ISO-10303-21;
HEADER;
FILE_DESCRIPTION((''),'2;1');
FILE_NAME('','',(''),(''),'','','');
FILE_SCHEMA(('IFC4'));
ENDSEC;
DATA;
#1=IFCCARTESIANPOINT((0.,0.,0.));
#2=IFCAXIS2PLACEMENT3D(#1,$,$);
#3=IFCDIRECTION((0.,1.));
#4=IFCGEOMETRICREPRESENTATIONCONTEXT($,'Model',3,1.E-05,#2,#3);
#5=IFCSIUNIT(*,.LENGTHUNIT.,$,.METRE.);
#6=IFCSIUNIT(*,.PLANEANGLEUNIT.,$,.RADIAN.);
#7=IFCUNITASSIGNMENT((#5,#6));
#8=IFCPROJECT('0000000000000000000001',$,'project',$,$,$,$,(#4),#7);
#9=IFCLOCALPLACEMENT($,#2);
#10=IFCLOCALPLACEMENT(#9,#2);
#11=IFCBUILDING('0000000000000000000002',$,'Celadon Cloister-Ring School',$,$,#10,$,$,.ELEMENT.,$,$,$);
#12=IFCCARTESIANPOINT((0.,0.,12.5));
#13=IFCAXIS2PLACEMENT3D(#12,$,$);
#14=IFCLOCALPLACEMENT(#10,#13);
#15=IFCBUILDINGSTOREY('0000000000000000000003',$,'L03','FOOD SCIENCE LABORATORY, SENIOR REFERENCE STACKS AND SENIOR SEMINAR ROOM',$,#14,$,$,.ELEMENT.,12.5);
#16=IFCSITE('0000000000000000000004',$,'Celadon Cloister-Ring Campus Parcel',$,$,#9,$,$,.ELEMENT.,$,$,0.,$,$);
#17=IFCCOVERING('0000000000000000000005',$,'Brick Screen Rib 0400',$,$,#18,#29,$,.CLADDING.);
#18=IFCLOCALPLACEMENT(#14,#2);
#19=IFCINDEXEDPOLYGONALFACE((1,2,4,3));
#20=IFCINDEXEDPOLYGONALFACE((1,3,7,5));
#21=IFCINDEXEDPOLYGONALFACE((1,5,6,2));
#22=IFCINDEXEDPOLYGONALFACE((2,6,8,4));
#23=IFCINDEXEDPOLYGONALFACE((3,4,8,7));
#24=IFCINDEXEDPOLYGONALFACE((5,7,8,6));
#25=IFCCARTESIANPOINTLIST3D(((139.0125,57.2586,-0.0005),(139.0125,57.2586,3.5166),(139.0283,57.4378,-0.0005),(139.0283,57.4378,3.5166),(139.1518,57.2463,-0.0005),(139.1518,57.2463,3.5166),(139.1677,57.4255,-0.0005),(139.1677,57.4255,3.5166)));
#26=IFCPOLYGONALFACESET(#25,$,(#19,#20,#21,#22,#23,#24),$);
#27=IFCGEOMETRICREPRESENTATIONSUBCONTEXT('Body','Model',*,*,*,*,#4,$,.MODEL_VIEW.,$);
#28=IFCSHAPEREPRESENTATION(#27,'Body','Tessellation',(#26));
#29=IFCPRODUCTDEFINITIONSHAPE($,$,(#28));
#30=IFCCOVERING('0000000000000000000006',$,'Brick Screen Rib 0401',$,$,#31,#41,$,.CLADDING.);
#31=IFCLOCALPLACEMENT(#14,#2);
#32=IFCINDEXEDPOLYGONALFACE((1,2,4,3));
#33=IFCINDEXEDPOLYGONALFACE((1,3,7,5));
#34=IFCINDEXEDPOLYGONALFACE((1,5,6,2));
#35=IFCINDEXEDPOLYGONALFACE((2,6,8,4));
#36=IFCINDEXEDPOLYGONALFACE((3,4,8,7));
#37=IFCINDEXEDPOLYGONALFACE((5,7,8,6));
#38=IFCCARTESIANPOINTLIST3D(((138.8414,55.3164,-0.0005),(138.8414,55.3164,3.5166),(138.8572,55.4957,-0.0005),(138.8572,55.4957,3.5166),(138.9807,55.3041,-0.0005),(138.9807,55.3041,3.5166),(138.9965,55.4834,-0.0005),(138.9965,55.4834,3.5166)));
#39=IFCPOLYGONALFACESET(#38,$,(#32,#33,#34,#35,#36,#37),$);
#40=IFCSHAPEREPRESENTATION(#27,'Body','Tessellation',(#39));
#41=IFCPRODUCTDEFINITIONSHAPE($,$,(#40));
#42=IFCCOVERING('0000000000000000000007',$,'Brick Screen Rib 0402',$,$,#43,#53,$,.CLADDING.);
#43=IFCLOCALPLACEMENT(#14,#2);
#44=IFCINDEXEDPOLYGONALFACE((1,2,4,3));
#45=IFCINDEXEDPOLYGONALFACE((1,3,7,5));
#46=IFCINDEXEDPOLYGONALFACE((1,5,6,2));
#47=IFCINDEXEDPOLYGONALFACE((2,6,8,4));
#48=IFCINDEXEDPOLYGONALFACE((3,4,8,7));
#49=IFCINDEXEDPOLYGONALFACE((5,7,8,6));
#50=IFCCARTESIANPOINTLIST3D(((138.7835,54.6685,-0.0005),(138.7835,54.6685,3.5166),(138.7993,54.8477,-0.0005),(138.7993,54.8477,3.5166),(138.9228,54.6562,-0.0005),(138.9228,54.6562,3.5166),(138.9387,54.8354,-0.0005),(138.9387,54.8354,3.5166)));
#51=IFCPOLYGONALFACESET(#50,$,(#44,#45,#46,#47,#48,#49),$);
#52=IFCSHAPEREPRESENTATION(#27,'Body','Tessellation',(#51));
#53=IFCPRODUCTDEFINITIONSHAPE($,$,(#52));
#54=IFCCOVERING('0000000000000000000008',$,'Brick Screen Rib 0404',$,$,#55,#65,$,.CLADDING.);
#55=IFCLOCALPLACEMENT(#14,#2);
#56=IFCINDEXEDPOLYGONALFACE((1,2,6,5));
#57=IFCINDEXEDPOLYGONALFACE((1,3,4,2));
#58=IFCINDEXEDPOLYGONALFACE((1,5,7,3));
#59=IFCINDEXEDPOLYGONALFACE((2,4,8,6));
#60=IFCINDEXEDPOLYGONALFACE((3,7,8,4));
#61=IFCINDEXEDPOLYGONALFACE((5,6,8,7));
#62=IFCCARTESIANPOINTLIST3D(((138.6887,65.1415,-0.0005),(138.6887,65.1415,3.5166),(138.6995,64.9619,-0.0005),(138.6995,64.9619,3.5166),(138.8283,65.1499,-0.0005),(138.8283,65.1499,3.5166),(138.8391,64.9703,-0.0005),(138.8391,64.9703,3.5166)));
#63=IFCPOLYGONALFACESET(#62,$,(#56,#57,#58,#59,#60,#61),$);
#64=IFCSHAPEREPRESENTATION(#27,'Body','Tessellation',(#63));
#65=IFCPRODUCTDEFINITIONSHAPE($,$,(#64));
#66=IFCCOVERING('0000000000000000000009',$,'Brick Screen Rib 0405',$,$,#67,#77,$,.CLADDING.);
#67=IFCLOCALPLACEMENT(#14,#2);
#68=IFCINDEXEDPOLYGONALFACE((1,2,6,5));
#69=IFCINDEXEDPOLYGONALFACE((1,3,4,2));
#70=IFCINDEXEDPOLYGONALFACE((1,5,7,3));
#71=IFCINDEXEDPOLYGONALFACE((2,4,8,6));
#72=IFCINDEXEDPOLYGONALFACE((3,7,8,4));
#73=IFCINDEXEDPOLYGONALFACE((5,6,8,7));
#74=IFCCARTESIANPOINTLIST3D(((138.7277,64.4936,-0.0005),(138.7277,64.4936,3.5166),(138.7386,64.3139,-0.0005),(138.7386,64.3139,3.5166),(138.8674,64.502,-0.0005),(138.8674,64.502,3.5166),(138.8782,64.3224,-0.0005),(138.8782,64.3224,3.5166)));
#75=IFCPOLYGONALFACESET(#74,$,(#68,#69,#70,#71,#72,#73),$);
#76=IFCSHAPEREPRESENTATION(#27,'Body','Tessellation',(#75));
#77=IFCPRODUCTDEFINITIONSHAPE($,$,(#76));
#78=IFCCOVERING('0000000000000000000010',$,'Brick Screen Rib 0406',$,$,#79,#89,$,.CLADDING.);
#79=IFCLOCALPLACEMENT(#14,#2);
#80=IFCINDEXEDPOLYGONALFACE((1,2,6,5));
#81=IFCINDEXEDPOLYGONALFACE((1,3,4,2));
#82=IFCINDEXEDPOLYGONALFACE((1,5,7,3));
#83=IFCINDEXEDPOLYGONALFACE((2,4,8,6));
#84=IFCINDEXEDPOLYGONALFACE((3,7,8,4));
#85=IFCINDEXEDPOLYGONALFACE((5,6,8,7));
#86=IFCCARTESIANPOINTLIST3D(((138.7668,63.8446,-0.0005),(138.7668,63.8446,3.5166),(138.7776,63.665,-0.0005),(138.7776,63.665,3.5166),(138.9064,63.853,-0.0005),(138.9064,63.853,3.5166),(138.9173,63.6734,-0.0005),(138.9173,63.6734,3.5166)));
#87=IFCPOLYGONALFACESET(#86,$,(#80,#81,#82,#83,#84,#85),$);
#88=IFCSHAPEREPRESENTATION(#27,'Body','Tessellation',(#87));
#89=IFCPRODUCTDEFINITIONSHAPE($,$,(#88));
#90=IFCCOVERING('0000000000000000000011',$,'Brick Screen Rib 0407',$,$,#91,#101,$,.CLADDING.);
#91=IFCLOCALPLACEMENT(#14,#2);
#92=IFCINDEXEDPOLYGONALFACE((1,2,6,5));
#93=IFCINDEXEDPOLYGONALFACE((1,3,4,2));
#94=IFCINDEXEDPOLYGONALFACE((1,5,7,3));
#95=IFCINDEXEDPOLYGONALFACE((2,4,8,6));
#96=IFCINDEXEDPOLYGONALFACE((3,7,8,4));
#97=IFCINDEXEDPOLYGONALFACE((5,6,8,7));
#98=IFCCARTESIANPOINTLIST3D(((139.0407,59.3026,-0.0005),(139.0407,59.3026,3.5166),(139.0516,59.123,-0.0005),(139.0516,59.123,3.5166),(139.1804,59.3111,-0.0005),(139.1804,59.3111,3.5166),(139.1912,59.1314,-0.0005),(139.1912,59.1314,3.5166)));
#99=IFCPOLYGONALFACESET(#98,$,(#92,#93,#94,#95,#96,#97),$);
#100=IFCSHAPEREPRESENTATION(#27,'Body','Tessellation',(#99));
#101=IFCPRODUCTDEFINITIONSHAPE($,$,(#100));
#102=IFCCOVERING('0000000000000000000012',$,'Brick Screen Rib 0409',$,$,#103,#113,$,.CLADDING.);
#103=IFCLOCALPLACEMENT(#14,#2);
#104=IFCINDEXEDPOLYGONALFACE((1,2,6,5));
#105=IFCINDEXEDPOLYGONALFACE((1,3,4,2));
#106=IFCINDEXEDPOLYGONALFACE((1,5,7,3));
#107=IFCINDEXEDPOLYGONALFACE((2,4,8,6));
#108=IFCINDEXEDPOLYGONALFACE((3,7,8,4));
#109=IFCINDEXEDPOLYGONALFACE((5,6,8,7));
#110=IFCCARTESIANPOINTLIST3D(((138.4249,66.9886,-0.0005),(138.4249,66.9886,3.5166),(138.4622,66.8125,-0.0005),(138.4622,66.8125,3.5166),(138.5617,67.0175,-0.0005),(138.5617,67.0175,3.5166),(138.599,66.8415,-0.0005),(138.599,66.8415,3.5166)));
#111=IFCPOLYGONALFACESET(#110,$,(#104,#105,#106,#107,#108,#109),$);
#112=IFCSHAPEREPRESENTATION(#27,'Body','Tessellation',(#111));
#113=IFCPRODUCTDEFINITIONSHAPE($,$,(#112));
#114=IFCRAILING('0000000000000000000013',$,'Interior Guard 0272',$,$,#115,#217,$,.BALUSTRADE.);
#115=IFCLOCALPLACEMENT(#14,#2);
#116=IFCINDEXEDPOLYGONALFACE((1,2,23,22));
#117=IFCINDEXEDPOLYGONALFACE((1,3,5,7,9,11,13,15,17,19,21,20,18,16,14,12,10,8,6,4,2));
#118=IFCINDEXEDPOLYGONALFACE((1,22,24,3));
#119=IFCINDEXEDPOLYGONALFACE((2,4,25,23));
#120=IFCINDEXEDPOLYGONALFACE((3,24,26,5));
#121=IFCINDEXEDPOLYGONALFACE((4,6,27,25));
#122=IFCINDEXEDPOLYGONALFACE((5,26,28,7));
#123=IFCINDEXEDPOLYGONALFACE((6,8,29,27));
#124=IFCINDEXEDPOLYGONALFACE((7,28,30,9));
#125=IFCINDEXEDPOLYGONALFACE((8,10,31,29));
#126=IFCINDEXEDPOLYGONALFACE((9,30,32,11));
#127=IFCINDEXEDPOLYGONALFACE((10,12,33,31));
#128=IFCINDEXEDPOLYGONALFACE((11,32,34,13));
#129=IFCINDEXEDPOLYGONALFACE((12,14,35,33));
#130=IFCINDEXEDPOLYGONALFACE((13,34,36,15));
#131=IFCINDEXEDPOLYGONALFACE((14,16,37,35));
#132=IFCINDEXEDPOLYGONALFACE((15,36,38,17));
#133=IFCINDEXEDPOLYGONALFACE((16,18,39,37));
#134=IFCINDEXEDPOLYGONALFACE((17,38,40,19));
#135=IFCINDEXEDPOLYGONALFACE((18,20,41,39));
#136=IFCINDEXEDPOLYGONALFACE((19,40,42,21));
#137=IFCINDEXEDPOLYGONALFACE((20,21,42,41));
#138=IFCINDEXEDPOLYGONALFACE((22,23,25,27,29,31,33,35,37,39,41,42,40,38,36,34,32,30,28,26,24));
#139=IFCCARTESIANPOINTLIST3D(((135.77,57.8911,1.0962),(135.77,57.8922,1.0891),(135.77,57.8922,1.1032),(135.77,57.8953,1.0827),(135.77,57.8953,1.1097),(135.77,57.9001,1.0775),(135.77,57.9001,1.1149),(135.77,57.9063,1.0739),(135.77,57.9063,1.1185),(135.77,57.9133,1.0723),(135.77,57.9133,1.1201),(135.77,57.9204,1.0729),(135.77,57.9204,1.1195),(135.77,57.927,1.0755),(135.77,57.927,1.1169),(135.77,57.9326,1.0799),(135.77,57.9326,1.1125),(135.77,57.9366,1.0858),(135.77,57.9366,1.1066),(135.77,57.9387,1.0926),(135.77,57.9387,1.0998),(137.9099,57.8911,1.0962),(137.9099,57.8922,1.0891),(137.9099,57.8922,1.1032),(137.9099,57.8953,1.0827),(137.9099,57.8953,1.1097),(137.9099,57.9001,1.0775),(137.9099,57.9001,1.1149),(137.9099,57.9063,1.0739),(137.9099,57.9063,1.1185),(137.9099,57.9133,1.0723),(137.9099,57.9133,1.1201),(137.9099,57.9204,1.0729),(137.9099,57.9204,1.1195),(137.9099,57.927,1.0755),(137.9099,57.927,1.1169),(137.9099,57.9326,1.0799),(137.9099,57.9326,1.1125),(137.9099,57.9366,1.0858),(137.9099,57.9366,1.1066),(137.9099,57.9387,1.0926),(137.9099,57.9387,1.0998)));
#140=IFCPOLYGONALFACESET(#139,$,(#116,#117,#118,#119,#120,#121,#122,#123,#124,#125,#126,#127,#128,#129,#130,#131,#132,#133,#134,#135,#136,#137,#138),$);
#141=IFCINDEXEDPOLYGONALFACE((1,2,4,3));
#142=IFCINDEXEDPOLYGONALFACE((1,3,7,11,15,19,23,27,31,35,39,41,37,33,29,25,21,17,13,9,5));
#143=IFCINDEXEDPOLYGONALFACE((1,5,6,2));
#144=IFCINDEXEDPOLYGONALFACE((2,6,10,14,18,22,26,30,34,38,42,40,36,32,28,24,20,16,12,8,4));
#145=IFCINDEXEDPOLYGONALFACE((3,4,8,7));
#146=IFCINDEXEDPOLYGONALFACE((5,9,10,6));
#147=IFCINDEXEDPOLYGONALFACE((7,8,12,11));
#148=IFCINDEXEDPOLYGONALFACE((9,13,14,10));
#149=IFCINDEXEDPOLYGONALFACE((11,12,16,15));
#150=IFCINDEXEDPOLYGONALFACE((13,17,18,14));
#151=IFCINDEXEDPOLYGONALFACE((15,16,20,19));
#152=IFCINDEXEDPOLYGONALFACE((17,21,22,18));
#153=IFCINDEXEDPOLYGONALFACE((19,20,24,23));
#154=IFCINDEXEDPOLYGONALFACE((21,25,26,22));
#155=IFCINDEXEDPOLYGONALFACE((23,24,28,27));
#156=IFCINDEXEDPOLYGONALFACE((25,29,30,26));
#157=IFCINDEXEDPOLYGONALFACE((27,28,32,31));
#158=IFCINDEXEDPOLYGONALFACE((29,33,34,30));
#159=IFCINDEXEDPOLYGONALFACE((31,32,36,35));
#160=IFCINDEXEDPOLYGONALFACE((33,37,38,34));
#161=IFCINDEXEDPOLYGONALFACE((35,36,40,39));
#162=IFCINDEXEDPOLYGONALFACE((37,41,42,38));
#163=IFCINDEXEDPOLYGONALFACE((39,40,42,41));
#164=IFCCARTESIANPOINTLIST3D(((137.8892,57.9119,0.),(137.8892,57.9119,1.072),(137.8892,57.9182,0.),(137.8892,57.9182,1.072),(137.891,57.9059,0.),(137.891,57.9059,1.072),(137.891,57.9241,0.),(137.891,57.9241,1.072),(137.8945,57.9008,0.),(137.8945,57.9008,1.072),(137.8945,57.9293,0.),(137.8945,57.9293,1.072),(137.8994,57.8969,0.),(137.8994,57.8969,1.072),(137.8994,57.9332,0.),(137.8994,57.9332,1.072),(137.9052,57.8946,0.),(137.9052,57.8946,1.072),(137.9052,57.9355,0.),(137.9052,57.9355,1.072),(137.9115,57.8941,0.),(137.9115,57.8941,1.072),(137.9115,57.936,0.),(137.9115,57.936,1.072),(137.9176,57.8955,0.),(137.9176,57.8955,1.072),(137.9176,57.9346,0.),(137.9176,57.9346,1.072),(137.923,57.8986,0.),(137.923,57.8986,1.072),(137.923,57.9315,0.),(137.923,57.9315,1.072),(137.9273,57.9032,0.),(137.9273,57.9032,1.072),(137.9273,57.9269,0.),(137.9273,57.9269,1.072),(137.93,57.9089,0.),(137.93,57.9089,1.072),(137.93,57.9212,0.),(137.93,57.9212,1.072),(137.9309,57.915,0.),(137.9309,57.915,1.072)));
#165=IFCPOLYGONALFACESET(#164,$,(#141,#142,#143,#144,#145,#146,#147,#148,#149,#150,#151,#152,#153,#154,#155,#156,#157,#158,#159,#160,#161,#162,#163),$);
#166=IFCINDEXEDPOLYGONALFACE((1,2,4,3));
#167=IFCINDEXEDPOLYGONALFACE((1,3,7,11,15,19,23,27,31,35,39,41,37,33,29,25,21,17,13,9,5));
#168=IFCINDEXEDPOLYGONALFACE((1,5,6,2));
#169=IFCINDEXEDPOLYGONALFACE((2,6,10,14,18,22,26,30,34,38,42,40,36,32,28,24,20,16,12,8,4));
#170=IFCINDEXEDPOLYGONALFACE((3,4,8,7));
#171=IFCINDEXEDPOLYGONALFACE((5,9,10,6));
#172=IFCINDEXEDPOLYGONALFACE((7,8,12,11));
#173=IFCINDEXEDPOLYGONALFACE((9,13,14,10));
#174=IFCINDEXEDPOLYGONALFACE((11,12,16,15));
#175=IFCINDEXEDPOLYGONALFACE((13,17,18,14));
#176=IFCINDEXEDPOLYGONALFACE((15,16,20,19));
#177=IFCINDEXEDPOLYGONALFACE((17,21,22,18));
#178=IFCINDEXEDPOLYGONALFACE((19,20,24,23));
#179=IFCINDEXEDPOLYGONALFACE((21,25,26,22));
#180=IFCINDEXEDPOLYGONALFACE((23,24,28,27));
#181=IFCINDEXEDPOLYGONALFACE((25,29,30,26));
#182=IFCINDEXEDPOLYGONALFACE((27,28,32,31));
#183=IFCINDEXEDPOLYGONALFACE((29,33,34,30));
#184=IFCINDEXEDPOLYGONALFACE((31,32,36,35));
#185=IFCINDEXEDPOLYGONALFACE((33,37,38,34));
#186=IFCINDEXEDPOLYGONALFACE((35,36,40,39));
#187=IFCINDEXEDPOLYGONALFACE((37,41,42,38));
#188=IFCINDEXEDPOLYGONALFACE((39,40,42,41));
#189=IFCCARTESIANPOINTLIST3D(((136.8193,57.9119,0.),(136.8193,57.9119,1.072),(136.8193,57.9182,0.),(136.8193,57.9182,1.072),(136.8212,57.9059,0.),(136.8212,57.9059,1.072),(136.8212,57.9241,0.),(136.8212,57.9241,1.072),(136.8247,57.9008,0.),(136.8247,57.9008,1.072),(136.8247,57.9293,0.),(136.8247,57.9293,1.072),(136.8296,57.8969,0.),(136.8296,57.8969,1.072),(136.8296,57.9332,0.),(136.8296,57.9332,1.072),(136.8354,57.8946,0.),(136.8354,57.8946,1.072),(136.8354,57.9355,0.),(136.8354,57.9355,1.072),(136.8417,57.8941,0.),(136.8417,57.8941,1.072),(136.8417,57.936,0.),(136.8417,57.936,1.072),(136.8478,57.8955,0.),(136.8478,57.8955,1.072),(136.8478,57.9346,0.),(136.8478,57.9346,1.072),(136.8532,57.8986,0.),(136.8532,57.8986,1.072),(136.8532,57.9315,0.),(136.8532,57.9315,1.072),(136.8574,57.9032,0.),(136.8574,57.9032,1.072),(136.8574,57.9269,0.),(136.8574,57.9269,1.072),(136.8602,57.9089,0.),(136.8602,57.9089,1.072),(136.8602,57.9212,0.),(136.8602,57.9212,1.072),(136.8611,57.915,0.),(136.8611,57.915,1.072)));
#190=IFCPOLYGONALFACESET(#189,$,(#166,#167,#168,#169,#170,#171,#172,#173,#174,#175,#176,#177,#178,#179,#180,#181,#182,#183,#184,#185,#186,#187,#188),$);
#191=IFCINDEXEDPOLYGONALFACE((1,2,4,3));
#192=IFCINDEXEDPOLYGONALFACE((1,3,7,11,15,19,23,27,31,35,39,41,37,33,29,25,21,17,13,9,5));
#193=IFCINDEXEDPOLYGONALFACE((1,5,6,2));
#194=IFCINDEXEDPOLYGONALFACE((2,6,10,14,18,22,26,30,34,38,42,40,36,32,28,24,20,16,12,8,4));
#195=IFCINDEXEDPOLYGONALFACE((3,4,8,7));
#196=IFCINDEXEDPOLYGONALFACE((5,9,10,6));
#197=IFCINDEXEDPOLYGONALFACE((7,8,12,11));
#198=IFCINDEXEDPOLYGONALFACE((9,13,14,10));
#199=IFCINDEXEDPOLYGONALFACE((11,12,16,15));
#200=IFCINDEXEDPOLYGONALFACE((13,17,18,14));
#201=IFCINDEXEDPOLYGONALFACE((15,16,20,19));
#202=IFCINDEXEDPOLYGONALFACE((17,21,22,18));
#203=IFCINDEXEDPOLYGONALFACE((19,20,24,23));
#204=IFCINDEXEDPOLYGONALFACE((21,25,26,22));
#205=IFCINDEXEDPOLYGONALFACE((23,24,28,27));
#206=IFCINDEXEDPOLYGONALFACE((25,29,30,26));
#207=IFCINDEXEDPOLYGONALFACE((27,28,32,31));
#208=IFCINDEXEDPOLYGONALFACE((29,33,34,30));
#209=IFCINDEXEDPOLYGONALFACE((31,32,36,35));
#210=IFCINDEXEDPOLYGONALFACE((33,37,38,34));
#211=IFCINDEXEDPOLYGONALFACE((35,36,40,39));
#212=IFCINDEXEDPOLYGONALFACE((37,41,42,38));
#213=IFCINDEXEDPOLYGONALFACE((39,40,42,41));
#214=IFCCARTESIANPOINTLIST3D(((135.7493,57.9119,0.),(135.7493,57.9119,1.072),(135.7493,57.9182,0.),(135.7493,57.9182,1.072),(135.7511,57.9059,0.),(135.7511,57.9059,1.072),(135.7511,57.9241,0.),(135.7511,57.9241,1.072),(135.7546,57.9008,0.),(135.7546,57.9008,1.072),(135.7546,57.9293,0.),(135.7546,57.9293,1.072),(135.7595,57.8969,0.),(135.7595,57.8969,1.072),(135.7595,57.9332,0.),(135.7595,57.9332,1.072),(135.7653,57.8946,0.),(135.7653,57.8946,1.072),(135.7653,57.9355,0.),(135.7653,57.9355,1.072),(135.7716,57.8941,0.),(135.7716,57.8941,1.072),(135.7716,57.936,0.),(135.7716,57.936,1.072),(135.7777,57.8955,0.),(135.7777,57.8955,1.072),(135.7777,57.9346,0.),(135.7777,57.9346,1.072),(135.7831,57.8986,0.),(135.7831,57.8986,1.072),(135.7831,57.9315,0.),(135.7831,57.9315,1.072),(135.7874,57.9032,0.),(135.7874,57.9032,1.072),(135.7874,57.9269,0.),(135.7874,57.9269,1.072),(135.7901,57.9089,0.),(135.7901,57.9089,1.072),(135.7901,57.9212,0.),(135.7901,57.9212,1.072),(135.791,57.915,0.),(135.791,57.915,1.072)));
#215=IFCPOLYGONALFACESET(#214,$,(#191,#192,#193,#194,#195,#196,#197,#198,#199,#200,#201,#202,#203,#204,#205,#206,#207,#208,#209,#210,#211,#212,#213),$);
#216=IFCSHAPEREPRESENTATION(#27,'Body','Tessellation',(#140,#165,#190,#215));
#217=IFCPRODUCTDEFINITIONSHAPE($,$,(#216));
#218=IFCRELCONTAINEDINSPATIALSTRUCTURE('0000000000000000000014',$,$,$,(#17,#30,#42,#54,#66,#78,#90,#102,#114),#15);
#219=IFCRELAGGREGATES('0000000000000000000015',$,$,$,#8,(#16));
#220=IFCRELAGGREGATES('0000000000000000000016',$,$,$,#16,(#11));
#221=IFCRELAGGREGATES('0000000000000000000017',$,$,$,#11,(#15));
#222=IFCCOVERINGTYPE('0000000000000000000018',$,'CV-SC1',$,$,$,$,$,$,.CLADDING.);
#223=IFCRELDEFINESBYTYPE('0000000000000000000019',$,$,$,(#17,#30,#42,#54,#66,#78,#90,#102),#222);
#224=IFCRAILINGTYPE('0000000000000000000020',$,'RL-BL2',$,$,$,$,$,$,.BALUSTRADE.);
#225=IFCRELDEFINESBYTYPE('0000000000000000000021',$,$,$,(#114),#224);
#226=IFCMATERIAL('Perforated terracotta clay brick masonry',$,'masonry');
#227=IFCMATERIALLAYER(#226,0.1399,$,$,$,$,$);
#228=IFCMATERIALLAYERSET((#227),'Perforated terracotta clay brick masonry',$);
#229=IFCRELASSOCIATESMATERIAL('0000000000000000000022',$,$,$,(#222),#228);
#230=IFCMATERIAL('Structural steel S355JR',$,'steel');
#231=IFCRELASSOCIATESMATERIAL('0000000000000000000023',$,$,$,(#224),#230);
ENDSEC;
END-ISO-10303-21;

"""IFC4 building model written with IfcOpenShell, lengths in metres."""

from ifc_helpers import new_model, si_unit, direction, frame, origin, origin_2d, place, context, subcontext, project, spatial, rectangle, circle, extrude, material, layer, layer_set, type_object, element, save


model = new_model("IFC4")

# Units and contexts
model_context = context("Model", 3, precision=1e-05, world=origin(), true_north=direction((0.0, 1.0)))
body_context = subcontext(model_context, "Body", "Model", "MODEL_VIEW")
ifc_project = project(units=[si_unit("LENGTHUNIT", "METRE"), si_unit("PLANEANGLEUNIT", "RADIAN")], contexts=[model_context])

# Site, building, storey
site_placement = place(None, origin())
site = spatial("IfcSite", under=ifc_project, at=site_placement, Name="Celadon Cloister-Ring Campus Parcel", CompositionType="ELEMENT", RefElevation=0.0)
building_placement = place(site_placement, origin())
building = spatial("IfcBuilding", under=site, at=building_placement, Name="Celadon Cloister-Ring School", CompositionType="ELEMENT")
storey_placement = place(building_placement, frame((0.0, 0.0, 12.5)))
storey = spatial("IfcBuildingStorey", under=building, at=storey_placement, Name="L03", Description="FOOD SCIENCE LABORATORY, SENIOR REFERENCE STACKS AND SENIOR SEMINAR ROOM", CompositionType="ELEMENT", Elevation=12.5)

# Coverings
ifc_material_1 = material(Name="Perforated terracotta clay brick masonry", Category="masonry")
ifc_layer_1 = layer(ifc_material_1, 0.1399)
ifc_layer_set_1 = layer_set([ifc_layer_1], Name="Perforated terracotta clay brick masonry")
covering_type = type_object("IfcCoveringType", Name="CV-SC1", PredefinedType="CLADDING", material=ifc_layer_set_1)
for number, where, z_axis, x_axis, name in (
    (1, (139.0901, 57.342, -0.0005), (0.0, 0.0, 1.0), (-0.087973, -0.996123, 0.0), "Brick Screen Rib 0400"),
    (2, (138.9189, 55.3999, -0.0005), (0.0, 0.0, 1.0), (-0.087973, -0.996123, 0.0), "Brick Screen Rib 0401"),
    (3, (138.8611, 54.752, -0.0005), (0.0, 0.0, 1.0), (-0.087973, -0.996123, 0.0), "Brick Screen Rib 0402"),
    (4, (138.7639, 65.0559, -0.0005), (0.0, 0.0, 1.0), (0.060143, -0.99819, 0.0), "Brick Screen Rib 0404"),
    (5, (138.803, 64.408, -0.0005), (0.0, 0.0, 1.0), (0.060143, -0.99819, 0.0), "Brick Screen Rib 0405"),
    (6, (138.842, 63.759, -0.0005), (0.0, 0.0, 1.0), (0.060143, -0.99819, 0.0), "Brick Screen Rib 0406"),
    (7, (139.116, 59.217, -0.0005), (0.0, 0.0, 1.0), (0.060143, -0.99819, 0.0), "Brick Screen Rib 0407"),
    (8, (138.512, 66.915, -0.0005), (0.0, 0.0, 1.0), (0.207263, -0.978285, 0.0), "Brick Screen Rib 0409"),
):
    element("IfcCovering", number, at=place(storey_placement, frame(where, z_axis=z_axis, x_axis=x_axis)), inside=storey, type_object=covering_type, Name=name, PredefinedType="CLADDING", context=body_context, shape_type="SweptSolid", body=[
        extrude(rectangle(XDim=0.1799, YDim=0.1399, at=origin_2d()), origin(), (0.0, 0.0, 1.0), 3.5171),
    ])

# Railing
ifc_material_2 = material(Name="Structural steel S355JR", Category="steel")
railing_type_1 = type_object("IfcRailingType", Name="RL-BL2", PredefinedType="BALUSTRADE", material=ifc_material_2)
railing_1_placement = place(storey_placement, frame((137.9099, 57.915, 0.0)))
element("IfcRailing", 9, at=railing_1_placement, inside=storey, type_object=railing_type_1, Name="Interior Guard 0272", PredefinedType="BALUSTRADE", context=body_context, shape_type="SweptSolid", body=[
    extrude(circle(Radius=0.0239, at=origin_2d()), frame((0.0, 0.0, 1.0962), z_axis=(-1.0, 0.0, 0.0), x_axis=(0.0, -1.0, 0.0)), (0.0, 0.0, 1.0), 2.1399),
    extrude(circle(Radius=0.021, at=origin_2d()), origin(), (0.0, 0.0, 1.0), 1.072),
    extrude(circle(Radius=0.021, at=origin_2d()), frame((-1.0698, 0.0, 0.0)), (0.0, 0.0, 1.0), 1.072),
    extrude(circle(Radius=0.021, at=origin_2d()), frame((-2.1399, 0.0, 0.0)), (0.0, 0.0, 1.0), 1.072),
])

save(model, "model.ifc")
